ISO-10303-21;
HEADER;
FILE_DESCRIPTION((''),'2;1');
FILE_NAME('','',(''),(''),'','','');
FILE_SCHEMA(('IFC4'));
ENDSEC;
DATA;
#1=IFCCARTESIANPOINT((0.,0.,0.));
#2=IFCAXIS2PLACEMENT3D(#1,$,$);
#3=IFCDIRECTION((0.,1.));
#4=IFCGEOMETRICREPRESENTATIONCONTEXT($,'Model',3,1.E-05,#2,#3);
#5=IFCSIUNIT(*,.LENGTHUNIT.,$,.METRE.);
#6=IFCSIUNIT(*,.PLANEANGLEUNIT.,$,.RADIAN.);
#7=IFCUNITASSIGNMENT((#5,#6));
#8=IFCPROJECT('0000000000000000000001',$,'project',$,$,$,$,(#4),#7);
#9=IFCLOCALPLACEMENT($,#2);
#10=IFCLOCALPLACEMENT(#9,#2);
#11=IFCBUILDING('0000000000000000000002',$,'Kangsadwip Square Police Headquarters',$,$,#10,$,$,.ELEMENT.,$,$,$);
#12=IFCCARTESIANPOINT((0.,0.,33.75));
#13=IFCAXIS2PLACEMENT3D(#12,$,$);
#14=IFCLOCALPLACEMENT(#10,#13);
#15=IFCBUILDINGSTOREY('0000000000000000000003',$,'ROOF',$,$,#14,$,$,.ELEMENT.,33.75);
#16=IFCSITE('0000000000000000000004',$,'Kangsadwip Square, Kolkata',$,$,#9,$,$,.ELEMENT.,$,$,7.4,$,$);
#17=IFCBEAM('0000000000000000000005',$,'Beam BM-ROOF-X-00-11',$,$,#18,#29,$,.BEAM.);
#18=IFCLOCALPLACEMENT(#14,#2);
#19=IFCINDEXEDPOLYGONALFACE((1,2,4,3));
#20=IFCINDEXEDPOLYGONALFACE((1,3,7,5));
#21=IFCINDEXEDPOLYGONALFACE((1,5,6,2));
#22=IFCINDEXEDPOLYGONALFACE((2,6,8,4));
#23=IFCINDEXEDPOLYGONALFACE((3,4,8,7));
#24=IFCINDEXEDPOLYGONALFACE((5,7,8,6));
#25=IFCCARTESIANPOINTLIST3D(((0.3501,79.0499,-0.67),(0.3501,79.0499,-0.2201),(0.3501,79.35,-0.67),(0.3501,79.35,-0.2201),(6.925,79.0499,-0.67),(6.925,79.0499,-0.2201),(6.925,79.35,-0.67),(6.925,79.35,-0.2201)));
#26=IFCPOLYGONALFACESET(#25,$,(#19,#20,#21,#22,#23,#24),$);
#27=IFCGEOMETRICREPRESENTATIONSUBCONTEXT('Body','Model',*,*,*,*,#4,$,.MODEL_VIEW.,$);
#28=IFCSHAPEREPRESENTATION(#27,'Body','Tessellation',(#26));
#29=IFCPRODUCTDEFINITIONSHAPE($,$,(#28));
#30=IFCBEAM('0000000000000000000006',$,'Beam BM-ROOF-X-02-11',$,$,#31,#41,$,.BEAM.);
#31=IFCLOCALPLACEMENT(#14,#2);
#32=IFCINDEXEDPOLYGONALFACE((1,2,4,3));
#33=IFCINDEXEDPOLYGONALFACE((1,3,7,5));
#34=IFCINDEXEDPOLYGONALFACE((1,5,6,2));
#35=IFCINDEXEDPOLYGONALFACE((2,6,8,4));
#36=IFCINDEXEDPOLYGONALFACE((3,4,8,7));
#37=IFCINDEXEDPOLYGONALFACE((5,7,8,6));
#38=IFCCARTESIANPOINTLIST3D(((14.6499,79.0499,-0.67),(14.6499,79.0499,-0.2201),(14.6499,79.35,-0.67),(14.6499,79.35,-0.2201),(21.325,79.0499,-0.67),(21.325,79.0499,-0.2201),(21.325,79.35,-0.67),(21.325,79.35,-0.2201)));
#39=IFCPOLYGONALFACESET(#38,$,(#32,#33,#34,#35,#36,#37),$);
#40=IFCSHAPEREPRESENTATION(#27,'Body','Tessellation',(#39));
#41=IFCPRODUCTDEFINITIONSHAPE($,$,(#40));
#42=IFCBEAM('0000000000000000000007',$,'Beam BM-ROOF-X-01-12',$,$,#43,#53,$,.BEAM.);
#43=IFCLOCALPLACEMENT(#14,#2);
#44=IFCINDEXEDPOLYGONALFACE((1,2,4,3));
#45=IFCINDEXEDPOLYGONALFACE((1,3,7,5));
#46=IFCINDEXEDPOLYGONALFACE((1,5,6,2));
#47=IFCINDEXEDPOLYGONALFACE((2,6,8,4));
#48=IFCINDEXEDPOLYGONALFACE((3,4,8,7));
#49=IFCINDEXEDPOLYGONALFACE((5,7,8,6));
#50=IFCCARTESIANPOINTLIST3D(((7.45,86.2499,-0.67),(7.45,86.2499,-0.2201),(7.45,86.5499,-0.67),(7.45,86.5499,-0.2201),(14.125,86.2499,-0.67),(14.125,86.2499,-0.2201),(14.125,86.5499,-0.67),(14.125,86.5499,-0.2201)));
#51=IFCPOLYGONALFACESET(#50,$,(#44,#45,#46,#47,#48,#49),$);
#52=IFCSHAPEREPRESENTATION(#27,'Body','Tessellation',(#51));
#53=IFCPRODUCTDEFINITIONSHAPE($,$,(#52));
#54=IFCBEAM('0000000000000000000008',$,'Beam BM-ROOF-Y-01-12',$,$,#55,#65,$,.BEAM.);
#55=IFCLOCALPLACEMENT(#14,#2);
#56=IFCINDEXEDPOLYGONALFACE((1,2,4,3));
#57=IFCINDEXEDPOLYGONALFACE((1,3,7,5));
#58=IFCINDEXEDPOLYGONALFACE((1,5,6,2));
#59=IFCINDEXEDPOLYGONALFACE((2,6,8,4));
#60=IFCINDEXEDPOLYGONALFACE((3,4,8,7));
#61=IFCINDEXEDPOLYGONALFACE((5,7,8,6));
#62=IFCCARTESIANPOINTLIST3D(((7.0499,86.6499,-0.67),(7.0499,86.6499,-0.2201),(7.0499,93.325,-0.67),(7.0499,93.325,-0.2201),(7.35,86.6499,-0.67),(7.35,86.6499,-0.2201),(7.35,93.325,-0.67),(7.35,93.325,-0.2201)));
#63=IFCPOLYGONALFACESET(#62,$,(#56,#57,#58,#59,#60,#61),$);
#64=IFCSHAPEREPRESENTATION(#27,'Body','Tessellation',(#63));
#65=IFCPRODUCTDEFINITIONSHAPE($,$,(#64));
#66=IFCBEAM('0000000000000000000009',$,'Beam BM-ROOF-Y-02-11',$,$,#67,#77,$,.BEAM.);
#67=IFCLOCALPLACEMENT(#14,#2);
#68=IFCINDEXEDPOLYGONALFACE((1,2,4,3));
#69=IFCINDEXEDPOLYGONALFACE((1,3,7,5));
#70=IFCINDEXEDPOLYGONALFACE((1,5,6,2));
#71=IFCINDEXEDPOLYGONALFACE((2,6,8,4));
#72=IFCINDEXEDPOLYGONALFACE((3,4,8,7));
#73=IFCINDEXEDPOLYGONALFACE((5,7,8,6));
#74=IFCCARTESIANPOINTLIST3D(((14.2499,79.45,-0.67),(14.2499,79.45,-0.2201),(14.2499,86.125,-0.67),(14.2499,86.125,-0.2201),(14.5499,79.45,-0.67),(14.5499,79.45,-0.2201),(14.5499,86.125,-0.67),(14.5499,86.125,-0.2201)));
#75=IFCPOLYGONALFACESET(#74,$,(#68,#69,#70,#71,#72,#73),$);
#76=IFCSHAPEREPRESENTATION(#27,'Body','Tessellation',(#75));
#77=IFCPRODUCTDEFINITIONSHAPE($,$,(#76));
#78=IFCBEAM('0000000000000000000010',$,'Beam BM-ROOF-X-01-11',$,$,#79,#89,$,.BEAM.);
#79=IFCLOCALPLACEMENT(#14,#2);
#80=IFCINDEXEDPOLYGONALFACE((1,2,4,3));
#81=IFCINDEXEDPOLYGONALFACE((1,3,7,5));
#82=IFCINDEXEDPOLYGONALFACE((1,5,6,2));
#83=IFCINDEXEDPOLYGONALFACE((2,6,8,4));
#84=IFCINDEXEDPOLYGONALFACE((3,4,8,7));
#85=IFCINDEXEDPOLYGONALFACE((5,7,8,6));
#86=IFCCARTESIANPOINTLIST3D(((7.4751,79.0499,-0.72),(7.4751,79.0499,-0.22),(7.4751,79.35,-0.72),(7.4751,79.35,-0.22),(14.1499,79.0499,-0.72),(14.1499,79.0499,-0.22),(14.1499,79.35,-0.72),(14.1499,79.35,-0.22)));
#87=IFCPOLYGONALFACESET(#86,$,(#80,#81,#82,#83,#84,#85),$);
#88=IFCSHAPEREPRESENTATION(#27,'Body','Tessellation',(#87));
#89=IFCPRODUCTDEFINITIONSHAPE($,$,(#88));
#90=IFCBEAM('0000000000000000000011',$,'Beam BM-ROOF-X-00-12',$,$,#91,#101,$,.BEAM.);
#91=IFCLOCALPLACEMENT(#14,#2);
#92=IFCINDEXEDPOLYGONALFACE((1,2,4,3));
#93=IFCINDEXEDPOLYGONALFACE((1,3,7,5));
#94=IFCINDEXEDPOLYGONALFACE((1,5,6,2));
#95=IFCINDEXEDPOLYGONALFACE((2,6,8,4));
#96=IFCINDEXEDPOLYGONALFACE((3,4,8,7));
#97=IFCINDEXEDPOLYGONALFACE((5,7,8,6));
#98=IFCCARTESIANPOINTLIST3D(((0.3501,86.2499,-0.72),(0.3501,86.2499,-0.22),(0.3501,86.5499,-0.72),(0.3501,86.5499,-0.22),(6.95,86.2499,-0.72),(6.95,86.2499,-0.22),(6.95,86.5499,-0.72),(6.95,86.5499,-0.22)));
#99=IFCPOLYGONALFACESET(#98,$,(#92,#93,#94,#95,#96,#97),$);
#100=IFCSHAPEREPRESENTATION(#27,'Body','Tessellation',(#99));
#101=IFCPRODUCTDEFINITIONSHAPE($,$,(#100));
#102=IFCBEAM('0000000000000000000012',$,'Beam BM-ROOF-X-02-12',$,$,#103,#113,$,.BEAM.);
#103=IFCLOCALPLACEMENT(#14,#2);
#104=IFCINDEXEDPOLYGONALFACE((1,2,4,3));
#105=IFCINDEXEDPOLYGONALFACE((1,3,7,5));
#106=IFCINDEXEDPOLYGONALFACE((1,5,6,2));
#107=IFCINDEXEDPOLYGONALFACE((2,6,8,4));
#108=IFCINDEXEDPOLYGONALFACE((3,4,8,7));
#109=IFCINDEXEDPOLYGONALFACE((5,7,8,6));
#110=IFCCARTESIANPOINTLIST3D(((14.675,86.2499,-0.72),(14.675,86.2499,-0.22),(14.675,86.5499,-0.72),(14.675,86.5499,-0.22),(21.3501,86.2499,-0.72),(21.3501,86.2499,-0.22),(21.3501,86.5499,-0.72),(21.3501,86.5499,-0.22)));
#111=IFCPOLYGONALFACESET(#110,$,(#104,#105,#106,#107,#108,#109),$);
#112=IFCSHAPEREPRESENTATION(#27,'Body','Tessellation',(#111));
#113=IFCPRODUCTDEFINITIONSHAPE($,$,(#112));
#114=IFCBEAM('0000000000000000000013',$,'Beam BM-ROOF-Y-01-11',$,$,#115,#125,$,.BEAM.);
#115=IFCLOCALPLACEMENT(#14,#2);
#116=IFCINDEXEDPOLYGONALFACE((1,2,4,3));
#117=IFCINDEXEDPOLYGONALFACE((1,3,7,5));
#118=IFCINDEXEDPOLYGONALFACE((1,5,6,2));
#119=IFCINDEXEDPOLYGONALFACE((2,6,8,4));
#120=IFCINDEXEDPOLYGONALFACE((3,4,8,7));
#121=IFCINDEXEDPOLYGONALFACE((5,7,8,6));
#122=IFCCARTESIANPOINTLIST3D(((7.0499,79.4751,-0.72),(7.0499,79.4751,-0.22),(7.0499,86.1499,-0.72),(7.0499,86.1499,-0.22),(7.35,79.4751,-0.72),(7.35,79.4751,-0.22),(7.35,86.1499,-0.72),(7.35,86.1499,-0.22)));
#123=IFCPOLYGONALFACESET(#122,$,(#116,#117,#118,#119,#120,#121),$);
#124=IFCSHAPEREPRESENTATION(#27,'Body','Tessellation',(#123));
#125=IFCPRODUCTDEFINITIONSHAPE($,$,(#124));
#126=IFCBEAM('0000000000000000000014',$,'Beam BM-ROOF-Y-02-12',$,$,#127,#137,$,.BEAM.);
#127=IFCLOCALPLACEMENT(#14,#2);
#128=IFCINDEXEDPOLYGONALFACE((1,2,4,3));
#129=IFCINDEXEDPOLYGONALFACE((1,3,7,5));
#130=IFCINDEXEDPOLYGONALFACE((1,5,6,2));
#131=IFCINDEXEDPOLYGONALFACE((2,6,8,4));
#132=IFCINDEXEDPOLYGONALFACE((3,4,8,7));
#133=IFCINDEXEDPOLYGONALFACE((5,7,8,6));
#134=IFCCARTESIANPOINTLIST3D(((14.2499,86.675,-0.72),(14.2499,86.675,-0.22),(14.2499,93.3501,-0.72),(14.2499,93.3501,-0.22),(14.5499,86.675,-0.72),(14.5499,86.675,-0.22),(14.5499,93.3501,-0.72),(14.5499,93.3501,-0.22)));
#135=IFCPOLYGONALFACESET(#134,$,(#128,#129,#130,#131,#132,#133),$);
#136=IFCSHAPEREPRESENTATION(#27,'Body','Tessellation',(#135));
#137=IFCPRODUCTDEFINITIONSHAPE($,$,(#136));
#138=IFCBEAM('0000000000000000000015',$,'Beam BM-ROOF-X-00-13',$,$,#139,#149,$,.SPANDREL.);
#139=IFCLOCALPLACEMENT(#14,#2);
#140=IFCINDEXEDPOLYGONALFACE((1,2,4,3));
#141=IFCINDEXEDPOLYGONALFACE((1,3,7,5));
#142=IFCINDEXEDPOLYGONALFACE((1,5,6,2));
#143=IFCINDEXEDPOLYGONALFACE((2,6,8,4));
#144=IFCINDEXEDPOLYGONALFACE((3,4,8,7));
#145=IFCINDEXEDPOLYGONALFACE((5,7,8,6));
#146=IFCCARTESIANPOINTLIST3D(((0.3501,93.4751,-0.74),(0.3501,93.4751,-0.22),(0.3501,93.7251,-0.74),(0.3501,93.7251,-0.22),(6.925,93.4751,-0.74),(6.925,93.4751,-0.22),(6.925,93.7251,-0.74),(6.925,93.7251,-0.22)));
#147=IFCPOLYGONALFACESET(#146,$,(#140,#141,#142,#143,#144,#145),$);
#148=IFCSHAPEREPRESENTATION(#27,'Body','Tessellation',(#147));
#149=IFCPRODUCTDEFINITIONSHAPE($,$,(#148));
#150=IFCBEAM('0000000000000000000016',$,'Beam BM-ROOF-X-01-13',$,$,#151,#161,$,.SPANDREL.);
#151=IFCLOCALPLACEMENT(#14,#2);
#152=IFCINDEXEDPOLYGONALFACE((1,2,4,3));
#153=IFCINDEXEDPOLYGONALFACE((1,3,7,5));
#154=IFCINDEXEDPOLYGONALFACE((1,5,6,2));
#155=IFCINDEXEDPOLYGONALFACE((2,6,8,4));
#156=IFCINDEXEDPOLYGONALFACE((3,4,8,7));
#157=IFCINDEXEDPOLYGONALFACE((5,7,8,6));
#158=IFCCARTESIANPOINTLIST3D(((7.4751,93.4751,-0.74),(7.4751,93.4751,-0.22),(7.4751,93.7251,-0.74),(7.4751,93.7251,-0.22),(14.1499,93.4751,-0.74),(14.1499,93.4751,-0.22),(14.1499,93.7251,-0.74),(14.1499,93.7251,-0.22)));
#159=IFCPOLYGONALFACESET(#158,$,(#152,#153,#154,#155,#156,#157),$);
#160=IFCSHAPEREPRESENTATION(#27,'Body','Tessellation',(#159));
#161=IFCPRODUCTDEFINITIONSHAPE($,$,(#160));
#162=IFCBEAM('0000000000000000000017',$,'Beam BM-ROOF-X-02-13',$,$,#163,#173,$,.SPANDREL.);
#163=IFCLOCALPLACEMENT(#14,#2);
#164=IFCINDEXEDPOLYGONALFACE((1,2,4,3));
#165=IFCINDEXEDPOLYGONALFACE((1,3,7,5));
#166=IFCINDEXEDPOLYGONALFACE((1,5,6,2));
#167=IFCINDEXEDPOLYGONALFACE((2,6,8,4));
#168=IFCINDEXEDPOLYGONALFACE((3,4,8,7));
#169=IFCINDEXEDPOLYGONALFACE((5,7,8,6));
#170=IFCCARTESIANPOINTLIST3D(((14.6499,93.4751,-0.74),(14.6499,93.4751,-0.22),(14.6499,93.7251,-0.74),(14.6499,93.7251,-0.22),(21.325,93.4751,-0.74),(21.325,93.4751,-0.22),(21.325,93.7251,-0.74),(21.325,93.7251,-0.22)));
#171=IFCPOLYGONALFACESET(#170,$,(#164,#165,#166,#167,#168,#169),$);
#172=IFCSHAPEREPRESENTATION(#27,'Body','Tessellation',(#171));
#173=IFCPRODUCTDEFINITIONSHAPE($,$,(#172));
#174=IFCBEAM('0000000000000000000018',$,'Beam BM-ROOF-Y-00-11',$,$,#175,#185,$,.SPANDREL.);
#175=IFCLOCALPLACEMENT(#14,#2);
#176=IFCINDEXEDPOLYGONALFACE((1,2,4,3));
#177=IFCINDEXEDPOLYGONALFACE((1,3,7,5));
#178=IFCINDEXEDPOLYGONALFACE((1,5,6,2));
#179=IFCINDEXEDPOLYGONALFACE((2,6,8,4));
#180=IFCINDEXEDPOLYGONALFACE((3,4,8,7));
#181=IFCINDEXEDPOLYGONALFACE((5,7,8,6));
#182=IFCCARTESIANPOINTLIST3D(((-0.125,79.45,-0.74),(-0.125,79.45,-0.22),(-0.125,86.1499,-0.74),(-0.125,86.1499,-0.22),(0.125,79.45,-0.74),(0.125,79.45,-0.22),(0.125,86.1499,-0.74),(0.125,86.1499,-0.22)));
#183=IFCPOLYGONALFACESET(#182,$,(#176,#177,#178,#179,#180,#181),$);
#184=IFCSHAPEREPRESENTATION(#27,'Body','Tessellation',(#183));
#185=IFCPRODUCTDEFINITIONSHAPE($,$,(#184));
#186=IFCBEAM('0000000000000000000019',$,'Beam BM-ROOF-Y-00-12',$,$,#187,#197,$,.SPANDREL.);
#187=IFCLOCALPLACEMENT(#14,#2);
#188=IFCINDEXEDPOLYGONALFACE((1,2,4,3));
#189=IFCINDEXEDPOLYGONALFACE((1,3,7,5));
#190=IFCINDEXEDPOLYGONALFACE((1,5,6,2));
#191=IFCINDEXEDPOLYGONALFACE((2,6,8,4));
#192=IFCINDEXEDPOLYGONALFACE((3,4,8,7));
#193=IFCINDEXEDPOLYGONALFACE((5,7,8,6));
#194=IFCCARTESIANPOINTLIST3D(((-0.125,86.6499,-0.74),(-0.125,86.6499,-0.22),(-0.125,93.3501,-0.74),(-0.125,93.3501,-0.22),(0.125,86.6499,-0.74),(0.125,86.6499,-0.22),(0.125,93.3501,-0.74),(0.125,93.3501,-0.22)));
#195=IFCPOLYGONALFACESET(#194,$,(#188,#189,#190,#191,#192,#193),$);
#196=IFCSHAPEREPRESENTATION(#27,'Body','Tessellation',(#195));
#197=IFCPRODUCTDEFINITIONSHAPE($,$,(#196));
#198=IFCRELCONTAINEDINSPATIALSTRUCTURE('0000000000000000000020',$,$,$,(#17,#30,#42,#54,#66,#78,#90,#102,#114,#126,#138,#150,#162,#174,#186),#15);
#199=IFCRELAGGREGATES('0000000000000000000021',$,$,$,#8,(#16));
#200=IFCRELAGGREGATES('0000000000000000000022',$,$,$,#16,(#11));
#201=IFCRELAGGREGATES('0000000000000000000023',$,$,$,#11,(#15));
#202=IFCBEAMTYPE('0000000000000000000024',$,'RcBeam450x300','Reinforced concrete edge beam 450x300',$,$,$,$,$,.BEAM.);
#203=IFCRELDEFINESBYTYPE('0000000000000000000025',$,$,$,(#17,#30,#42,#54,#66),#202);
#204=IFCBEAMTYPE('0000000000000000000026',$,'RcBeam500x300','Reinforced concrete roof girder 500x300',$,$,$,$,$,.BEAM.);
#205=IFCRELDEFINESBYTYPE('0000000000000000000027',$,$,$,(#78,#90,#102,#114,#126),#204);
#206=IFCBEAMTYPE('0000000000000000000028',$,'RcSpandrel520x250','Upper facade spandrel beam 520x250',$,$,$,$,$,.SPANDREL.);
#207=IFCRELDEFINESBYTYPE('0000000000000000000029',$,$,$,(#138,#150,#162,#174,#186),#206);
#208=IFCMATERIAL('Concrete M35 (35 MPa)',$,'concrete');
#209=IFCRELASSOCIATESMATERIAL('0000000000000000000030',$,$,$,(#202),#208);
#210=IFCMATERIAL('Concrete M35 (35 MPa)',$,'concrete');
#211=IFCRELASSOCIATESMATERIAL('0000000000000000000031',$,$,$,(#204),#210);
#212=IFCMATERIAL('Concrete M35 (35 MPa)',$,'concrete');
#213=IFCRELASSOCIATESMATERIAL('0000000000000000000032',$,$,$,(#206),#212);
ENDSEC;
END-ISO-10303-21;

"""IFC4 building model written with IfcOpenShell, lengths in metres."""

from ifc_helpers import new_model, si_unit, direction, frame, origin, origin_2d, place, context, subcontext, project, spatial, rectangle, extrude, material, material_profile, profile_set, type_object, element, save


model = new_model("IFC4")

# Units and contexts
model_context = context("Model", 3, precision=1e-05, world=origin(), true_north=direction((0.0, 1.0)))
body_context = subcontext(model_context, "Body", "Model", "MODEL_VIEW")
ifc_project = project(units=[si_unit("LENGTHUNIT", "METRE"), si_unit("PLANEANGLEUNIT", "RADIAN")], contexts=[model_context])

# Site, building, storey
site_placement = place(None, origin())
site = spatial("IfcSite", under=ifc_project, at=site_placement, Name="Kangsadwip Square, Kolkata", CompositionType="ELEMENT", RefElevation=7.4)
building_placement = place(site_placement, origin())
building = spatial("IfcBuilding", under=site, at=building_placement, Name="Kangsadwip Square Police Headquarters", CompositionType="ELEMENT")
storey_placement = place(building_placement, frame((0.0, 0.0, 33.75)))
storey = spatial("IfcBuildingStorey", under=building, at=storey_placement, Name="ROOF", CompositionType="ELEMENT", Elevation=33.75)

# Beams
ifc_material_1 = material(Name="Concrete M35 (35 MPa)", Category="concrete")
ifc_material_profile_1 = material_profile(ifc_material_1, rectangle(XDim=0.3, YDim=0.45, at=origin_2d()), Name="RC BM 450X300")
ifc_profile_set_1 = profile_set([ifc_material_profile_1], Name="Concrete M35 (35 MPa)")
beam_type_1 = type_object("IfcBeamType", Name="RcBeam450x300", Description="Reinforced concrete edge beam 450x300", PredefinedType="BEAM", material=ifc_profile_set_1)
beam_1_placement = place(storey_placement, frame((0.3501, 79.2, -0.4451), z_axis=(1.0, 0.0, 0.0), x_axis=(0.0, 1.0, 0.0)))
element("IfcBeam", 1, at=beam_1_placement, inside=storey, type_object=beam_type_1, Name="Beam BM-ROOF-X-00-11", PredefinedType="BEAM", context=body_context, shape_type="SweptSolid", body=[
    extrude(rectangle(XDim=0.3, YDim=0.45, at=origin_2d()), origin(), (0.0, 0.0, 1.0), 6.575),
])
for number, where, z_axis, x_axis, name in (
    (2, (14.6499, 79.2, -0.4451), (1.0, 0.0, 0.0), (0.0, 1.0, 0.0), "Beam BM-ROOF-X-02-11"),
    (3, (7.45, 86.3999, -0.4451), (1.0, 0.0, 0.0), (0.0, 1.0, 0.0), "Beam BM-ROOF-X-01-12"),
    (4, (7.2, 86.6499, -0.4451), (0.0, 1.0, 0.0), (-1.0, 0.0, 0.0), "Beam BM-ROOF-Y-01-12"),
    (5, (14.3999, 79.45, -0.4451), (0.0, 1.0, 0.0), (-1.0, 0.0, 0.0), "Beam BM-ROOF-Y-02-11"),
):
    element("IfcBeam", number, at=place(storey_placement, frame(where, z_axis=z_axis, x_axis=x_axis)), inside=storey, type_object=beam_type_1, Name=name, PredefinedType="BEAM", context=body_context, shape_type="SweptSolid", body=[
        extrude(rectangle(XDim=0.3, YDim=0.45, at=origin_2d()), origin(), (0.0, 0.0, 1.0), 6.675),
    ])
ifc_material_2 = material(Name="Concrete M35 (35 MPa)", Category="concrete")
ifc_material_profile_2 = material_profile(ifc_material_2, rectangle(XDim=0.3, YDim=0.5, at=origin_2d()), Name="RC BM 500X300")
ifc_profile_set_2 = profile_set([ifc_material_profile_2], Name="Concrete M35 (35 MPa)")
beam_type_2 = type_object("IfcBeamType", Name="RcBeam500x300", Description="Reinforced concrete roof girder 500x300", PredefinedType="BEAM", material=ifc_profile_set_2)
beam_2_placement = place(storey_placement, frame((7.4751, 79.2, -0.47), z_axis=(1.0, 0.0, 0.0), x_axis=(0.0, 1.0, 0.0)))
element("IfcBeam", 6, at=beam_2_placement, inside=storey, type_object=beam_type_2, Name="Beam BM-ROOF-X-01-11", PredefinedType="BEAM", context=body_context, shape_type="SweptSolid", body=[
    extrude(rectangle(XDim=0.3, YDim=0.5, at=origin_2d()), origin(), (0.0, 0.0, 1.0), 6.6748),
])
beam_3_placement = place(storey_placement, frame((0.3501, 86.3999, -0.47), z_axis=(1.0, 0.0, 0.0), x_axis=(0.0, 1.0, 0.0)))
element("IfcBeam", 7, at=beam_3_placement, inside=storey, type_object=beam_type_2, Name="Beam BM-ROOF-X-00-12", PredefinedType="BEAM", context=body_context, shape_type="SweptSolid", body=[
    extrude(rectangle(XDim=0.3, YDim=0.5, at=origin_2d()), origin(), (0.0, 0.0, 1.0), 6.5999),
])
beam_4_placement = place(storey_placement, frame((14.675, 86.3999, -0.47), z_axis=(1.0, 0.0, 0.0), x_axis=(0.0, 1.0, 0.0)))
element("IfcBeam", 8, at=beam_4_placement, inside=storey, type_object=beam_type_2, Name="Beam BM-ROOF-X-02-12", PredefinedType="BEAM", context=body_context, shape_type="SweptSolid", body=[
    extrude(rectangle(XDim=0.3, YDim=0.5, at=origin_2d()), origin(), (0.0, 0.0, 1.0), 6.675),
])
beam_5_placement = place(storey_placement, frame((7.2, 79.4751, -0.47), z_axis=(0.0, 1.0, 0.0), x_axis=(-1.0, 0.0, 0.0)))
element("IfcBeam", 9, at=beam_5_placement, inside=storey, type_object=beam_type_2, Name="Beam BM-ROOF-Y-01-11", PredefinedType="BEAM", context=body_context, shape_type="SweptSolid", body=[
    extrude(rectangle(XDim=0.3, YDim=0.5, at=origin_2d()), origin(), (0.0, 0.0, 1.0), 6.6748),
])
beam_6_placement = place(storey_placement, frame((14.3999, 86.675, -0.47), z_axis=(0.0, 1.0, 0.0), x_axis=(-1.0, 0.0, 0.0)))
element("IfcBeam", 10, at=beam_6_placement, inside=storey, type_object=beam_type_2, Name="Beam BM-ROOF-Y-02-12", PredefinedType="BEAM", context=body_context, shape_type="SweptSolid", body=[
    extrude(rectangle(XDim=0.3, YDim=0.5, at=origin_2d()), origin(), (0.0, 0.0, 1.0), 6.675),
])
ifc_material_3 = material(Name="Concrete M35 (35 MPa)", Category="concrete")
ifc_material_profile_3 = material_profile(ifc_material_3, rectangle(XDim=0.25, YDim=0.52, at=origin_2d()), Name="RC SPN 520X250")
ifc_profile_set_3 = profile_set([ifc_material_profile_3], Name="Concrete M35 (35 MPa)")
beam_type_3 = type_object("IfcBeamType", Name="RcSpandrel520x250", Description="Upper facade spandrel beam 520x250", PredefinedType="SPANDREL", material=ifc_profile_set_3)
beam_7_placement = place(storey_placement, frame((0.3501, 93.6001, -0.48), z_axis=(1.0, 0.0, 0.0), x_axis=(0.0, 1.0, 0.0)))
element("IfcBeam", 11, at=beam_7_placement, inside=storey, type_object=beam_type_3, Name="Beam BM-ROOF-X-00-13", PredefinedType="SPANDREL", context=body_context, shape_type="SweptSolid", body=[
    extrude(rectangle(XDim=0.25, YDim=0.52, at=origin_2d()), origin(), (0.0, 0.0, 1.0), 6.575),
])
beam_8_placement = place(storey_placement, frame((7.4751, 93.6001, -0.48), z_axis=(1.0, 0.0, 0.0), x_axis=(0.0, 1.0, 0.0)))
element("IfcBeam", 12, at=beam_8_placement, inside=storey, type_object=beam_type_3, Name="Beam BM-ROOF-X-01-13", PredefinedType="SPANDREL", context=body_context, shape_type="SweptSolid", body=[
    extrude(rectangle(XDim=0.25, YDim=0.52, at=origin_2d()), origin(), (0.0, 0.0, 1.0), 6.6748),
])
beam_9_placement = place(storey_placement, frame((14.6499, 93.6001, -0.48), z_axis=(1.0, 0.0, 0.0), x_axis=(0.0, 1.0, 0.0)))
element("IfcBeam", 13, at=beam_9_placement, inside=storey, type_object=beam_type_3, Name="Beam BM-ROOF-X-02-13", PredefinedType="SPANDREL", context=body_context, shape_type="SweptSolid", body=[
    extrude(rectangle(XDim=0.25, YDim=0.52, at=origin_2d()), origin(), (0.0, 0.0, 1.0), 6.675),
])
beam_10_placement = place(storey_placement, frame((0.0, 79.45, -0.48), z_axis=(0.0, 1.0, 0.0), x_axis=(-1.0, 0.0, 0.0)))
element("IfcBeam", 14, at=beam_10_placement, inside=storey, type_object=beam_type_3, Name="Beam BM-ROOF-Y-00-11", PredefinedType="SPANDREL", context=body_context, shape_type="SweptSolid", body=[
    extrude(rectangle(XDim=0.25, YDim=0.52, at=origin_2d()), origin(), (0.0, 0.0, 1.0), 6.7),
])
beam_11_placement = place(storey_placement, frame((0.0, 86.6499, -0.48), z_axis=(0.0, 1.0, 0.0), x_axis=(-1.0, 0.0, 0.0)))
element("IfcBeam", 15, at=beam_11_placement, inside=storey, type_object=beam_type_3, Name="Beam BM-ROOF-Y-00-12", PredefinedType="SPANDREL", context=body_context, shape_type="SweptSolid", body=[
    extrude(rectangle(XDim=0.25, YDim=0.52, at=origin_2d()), origin(), (0.0, 0.0, 1.0), 6.7002),
])

save(model, "model.ifc")
